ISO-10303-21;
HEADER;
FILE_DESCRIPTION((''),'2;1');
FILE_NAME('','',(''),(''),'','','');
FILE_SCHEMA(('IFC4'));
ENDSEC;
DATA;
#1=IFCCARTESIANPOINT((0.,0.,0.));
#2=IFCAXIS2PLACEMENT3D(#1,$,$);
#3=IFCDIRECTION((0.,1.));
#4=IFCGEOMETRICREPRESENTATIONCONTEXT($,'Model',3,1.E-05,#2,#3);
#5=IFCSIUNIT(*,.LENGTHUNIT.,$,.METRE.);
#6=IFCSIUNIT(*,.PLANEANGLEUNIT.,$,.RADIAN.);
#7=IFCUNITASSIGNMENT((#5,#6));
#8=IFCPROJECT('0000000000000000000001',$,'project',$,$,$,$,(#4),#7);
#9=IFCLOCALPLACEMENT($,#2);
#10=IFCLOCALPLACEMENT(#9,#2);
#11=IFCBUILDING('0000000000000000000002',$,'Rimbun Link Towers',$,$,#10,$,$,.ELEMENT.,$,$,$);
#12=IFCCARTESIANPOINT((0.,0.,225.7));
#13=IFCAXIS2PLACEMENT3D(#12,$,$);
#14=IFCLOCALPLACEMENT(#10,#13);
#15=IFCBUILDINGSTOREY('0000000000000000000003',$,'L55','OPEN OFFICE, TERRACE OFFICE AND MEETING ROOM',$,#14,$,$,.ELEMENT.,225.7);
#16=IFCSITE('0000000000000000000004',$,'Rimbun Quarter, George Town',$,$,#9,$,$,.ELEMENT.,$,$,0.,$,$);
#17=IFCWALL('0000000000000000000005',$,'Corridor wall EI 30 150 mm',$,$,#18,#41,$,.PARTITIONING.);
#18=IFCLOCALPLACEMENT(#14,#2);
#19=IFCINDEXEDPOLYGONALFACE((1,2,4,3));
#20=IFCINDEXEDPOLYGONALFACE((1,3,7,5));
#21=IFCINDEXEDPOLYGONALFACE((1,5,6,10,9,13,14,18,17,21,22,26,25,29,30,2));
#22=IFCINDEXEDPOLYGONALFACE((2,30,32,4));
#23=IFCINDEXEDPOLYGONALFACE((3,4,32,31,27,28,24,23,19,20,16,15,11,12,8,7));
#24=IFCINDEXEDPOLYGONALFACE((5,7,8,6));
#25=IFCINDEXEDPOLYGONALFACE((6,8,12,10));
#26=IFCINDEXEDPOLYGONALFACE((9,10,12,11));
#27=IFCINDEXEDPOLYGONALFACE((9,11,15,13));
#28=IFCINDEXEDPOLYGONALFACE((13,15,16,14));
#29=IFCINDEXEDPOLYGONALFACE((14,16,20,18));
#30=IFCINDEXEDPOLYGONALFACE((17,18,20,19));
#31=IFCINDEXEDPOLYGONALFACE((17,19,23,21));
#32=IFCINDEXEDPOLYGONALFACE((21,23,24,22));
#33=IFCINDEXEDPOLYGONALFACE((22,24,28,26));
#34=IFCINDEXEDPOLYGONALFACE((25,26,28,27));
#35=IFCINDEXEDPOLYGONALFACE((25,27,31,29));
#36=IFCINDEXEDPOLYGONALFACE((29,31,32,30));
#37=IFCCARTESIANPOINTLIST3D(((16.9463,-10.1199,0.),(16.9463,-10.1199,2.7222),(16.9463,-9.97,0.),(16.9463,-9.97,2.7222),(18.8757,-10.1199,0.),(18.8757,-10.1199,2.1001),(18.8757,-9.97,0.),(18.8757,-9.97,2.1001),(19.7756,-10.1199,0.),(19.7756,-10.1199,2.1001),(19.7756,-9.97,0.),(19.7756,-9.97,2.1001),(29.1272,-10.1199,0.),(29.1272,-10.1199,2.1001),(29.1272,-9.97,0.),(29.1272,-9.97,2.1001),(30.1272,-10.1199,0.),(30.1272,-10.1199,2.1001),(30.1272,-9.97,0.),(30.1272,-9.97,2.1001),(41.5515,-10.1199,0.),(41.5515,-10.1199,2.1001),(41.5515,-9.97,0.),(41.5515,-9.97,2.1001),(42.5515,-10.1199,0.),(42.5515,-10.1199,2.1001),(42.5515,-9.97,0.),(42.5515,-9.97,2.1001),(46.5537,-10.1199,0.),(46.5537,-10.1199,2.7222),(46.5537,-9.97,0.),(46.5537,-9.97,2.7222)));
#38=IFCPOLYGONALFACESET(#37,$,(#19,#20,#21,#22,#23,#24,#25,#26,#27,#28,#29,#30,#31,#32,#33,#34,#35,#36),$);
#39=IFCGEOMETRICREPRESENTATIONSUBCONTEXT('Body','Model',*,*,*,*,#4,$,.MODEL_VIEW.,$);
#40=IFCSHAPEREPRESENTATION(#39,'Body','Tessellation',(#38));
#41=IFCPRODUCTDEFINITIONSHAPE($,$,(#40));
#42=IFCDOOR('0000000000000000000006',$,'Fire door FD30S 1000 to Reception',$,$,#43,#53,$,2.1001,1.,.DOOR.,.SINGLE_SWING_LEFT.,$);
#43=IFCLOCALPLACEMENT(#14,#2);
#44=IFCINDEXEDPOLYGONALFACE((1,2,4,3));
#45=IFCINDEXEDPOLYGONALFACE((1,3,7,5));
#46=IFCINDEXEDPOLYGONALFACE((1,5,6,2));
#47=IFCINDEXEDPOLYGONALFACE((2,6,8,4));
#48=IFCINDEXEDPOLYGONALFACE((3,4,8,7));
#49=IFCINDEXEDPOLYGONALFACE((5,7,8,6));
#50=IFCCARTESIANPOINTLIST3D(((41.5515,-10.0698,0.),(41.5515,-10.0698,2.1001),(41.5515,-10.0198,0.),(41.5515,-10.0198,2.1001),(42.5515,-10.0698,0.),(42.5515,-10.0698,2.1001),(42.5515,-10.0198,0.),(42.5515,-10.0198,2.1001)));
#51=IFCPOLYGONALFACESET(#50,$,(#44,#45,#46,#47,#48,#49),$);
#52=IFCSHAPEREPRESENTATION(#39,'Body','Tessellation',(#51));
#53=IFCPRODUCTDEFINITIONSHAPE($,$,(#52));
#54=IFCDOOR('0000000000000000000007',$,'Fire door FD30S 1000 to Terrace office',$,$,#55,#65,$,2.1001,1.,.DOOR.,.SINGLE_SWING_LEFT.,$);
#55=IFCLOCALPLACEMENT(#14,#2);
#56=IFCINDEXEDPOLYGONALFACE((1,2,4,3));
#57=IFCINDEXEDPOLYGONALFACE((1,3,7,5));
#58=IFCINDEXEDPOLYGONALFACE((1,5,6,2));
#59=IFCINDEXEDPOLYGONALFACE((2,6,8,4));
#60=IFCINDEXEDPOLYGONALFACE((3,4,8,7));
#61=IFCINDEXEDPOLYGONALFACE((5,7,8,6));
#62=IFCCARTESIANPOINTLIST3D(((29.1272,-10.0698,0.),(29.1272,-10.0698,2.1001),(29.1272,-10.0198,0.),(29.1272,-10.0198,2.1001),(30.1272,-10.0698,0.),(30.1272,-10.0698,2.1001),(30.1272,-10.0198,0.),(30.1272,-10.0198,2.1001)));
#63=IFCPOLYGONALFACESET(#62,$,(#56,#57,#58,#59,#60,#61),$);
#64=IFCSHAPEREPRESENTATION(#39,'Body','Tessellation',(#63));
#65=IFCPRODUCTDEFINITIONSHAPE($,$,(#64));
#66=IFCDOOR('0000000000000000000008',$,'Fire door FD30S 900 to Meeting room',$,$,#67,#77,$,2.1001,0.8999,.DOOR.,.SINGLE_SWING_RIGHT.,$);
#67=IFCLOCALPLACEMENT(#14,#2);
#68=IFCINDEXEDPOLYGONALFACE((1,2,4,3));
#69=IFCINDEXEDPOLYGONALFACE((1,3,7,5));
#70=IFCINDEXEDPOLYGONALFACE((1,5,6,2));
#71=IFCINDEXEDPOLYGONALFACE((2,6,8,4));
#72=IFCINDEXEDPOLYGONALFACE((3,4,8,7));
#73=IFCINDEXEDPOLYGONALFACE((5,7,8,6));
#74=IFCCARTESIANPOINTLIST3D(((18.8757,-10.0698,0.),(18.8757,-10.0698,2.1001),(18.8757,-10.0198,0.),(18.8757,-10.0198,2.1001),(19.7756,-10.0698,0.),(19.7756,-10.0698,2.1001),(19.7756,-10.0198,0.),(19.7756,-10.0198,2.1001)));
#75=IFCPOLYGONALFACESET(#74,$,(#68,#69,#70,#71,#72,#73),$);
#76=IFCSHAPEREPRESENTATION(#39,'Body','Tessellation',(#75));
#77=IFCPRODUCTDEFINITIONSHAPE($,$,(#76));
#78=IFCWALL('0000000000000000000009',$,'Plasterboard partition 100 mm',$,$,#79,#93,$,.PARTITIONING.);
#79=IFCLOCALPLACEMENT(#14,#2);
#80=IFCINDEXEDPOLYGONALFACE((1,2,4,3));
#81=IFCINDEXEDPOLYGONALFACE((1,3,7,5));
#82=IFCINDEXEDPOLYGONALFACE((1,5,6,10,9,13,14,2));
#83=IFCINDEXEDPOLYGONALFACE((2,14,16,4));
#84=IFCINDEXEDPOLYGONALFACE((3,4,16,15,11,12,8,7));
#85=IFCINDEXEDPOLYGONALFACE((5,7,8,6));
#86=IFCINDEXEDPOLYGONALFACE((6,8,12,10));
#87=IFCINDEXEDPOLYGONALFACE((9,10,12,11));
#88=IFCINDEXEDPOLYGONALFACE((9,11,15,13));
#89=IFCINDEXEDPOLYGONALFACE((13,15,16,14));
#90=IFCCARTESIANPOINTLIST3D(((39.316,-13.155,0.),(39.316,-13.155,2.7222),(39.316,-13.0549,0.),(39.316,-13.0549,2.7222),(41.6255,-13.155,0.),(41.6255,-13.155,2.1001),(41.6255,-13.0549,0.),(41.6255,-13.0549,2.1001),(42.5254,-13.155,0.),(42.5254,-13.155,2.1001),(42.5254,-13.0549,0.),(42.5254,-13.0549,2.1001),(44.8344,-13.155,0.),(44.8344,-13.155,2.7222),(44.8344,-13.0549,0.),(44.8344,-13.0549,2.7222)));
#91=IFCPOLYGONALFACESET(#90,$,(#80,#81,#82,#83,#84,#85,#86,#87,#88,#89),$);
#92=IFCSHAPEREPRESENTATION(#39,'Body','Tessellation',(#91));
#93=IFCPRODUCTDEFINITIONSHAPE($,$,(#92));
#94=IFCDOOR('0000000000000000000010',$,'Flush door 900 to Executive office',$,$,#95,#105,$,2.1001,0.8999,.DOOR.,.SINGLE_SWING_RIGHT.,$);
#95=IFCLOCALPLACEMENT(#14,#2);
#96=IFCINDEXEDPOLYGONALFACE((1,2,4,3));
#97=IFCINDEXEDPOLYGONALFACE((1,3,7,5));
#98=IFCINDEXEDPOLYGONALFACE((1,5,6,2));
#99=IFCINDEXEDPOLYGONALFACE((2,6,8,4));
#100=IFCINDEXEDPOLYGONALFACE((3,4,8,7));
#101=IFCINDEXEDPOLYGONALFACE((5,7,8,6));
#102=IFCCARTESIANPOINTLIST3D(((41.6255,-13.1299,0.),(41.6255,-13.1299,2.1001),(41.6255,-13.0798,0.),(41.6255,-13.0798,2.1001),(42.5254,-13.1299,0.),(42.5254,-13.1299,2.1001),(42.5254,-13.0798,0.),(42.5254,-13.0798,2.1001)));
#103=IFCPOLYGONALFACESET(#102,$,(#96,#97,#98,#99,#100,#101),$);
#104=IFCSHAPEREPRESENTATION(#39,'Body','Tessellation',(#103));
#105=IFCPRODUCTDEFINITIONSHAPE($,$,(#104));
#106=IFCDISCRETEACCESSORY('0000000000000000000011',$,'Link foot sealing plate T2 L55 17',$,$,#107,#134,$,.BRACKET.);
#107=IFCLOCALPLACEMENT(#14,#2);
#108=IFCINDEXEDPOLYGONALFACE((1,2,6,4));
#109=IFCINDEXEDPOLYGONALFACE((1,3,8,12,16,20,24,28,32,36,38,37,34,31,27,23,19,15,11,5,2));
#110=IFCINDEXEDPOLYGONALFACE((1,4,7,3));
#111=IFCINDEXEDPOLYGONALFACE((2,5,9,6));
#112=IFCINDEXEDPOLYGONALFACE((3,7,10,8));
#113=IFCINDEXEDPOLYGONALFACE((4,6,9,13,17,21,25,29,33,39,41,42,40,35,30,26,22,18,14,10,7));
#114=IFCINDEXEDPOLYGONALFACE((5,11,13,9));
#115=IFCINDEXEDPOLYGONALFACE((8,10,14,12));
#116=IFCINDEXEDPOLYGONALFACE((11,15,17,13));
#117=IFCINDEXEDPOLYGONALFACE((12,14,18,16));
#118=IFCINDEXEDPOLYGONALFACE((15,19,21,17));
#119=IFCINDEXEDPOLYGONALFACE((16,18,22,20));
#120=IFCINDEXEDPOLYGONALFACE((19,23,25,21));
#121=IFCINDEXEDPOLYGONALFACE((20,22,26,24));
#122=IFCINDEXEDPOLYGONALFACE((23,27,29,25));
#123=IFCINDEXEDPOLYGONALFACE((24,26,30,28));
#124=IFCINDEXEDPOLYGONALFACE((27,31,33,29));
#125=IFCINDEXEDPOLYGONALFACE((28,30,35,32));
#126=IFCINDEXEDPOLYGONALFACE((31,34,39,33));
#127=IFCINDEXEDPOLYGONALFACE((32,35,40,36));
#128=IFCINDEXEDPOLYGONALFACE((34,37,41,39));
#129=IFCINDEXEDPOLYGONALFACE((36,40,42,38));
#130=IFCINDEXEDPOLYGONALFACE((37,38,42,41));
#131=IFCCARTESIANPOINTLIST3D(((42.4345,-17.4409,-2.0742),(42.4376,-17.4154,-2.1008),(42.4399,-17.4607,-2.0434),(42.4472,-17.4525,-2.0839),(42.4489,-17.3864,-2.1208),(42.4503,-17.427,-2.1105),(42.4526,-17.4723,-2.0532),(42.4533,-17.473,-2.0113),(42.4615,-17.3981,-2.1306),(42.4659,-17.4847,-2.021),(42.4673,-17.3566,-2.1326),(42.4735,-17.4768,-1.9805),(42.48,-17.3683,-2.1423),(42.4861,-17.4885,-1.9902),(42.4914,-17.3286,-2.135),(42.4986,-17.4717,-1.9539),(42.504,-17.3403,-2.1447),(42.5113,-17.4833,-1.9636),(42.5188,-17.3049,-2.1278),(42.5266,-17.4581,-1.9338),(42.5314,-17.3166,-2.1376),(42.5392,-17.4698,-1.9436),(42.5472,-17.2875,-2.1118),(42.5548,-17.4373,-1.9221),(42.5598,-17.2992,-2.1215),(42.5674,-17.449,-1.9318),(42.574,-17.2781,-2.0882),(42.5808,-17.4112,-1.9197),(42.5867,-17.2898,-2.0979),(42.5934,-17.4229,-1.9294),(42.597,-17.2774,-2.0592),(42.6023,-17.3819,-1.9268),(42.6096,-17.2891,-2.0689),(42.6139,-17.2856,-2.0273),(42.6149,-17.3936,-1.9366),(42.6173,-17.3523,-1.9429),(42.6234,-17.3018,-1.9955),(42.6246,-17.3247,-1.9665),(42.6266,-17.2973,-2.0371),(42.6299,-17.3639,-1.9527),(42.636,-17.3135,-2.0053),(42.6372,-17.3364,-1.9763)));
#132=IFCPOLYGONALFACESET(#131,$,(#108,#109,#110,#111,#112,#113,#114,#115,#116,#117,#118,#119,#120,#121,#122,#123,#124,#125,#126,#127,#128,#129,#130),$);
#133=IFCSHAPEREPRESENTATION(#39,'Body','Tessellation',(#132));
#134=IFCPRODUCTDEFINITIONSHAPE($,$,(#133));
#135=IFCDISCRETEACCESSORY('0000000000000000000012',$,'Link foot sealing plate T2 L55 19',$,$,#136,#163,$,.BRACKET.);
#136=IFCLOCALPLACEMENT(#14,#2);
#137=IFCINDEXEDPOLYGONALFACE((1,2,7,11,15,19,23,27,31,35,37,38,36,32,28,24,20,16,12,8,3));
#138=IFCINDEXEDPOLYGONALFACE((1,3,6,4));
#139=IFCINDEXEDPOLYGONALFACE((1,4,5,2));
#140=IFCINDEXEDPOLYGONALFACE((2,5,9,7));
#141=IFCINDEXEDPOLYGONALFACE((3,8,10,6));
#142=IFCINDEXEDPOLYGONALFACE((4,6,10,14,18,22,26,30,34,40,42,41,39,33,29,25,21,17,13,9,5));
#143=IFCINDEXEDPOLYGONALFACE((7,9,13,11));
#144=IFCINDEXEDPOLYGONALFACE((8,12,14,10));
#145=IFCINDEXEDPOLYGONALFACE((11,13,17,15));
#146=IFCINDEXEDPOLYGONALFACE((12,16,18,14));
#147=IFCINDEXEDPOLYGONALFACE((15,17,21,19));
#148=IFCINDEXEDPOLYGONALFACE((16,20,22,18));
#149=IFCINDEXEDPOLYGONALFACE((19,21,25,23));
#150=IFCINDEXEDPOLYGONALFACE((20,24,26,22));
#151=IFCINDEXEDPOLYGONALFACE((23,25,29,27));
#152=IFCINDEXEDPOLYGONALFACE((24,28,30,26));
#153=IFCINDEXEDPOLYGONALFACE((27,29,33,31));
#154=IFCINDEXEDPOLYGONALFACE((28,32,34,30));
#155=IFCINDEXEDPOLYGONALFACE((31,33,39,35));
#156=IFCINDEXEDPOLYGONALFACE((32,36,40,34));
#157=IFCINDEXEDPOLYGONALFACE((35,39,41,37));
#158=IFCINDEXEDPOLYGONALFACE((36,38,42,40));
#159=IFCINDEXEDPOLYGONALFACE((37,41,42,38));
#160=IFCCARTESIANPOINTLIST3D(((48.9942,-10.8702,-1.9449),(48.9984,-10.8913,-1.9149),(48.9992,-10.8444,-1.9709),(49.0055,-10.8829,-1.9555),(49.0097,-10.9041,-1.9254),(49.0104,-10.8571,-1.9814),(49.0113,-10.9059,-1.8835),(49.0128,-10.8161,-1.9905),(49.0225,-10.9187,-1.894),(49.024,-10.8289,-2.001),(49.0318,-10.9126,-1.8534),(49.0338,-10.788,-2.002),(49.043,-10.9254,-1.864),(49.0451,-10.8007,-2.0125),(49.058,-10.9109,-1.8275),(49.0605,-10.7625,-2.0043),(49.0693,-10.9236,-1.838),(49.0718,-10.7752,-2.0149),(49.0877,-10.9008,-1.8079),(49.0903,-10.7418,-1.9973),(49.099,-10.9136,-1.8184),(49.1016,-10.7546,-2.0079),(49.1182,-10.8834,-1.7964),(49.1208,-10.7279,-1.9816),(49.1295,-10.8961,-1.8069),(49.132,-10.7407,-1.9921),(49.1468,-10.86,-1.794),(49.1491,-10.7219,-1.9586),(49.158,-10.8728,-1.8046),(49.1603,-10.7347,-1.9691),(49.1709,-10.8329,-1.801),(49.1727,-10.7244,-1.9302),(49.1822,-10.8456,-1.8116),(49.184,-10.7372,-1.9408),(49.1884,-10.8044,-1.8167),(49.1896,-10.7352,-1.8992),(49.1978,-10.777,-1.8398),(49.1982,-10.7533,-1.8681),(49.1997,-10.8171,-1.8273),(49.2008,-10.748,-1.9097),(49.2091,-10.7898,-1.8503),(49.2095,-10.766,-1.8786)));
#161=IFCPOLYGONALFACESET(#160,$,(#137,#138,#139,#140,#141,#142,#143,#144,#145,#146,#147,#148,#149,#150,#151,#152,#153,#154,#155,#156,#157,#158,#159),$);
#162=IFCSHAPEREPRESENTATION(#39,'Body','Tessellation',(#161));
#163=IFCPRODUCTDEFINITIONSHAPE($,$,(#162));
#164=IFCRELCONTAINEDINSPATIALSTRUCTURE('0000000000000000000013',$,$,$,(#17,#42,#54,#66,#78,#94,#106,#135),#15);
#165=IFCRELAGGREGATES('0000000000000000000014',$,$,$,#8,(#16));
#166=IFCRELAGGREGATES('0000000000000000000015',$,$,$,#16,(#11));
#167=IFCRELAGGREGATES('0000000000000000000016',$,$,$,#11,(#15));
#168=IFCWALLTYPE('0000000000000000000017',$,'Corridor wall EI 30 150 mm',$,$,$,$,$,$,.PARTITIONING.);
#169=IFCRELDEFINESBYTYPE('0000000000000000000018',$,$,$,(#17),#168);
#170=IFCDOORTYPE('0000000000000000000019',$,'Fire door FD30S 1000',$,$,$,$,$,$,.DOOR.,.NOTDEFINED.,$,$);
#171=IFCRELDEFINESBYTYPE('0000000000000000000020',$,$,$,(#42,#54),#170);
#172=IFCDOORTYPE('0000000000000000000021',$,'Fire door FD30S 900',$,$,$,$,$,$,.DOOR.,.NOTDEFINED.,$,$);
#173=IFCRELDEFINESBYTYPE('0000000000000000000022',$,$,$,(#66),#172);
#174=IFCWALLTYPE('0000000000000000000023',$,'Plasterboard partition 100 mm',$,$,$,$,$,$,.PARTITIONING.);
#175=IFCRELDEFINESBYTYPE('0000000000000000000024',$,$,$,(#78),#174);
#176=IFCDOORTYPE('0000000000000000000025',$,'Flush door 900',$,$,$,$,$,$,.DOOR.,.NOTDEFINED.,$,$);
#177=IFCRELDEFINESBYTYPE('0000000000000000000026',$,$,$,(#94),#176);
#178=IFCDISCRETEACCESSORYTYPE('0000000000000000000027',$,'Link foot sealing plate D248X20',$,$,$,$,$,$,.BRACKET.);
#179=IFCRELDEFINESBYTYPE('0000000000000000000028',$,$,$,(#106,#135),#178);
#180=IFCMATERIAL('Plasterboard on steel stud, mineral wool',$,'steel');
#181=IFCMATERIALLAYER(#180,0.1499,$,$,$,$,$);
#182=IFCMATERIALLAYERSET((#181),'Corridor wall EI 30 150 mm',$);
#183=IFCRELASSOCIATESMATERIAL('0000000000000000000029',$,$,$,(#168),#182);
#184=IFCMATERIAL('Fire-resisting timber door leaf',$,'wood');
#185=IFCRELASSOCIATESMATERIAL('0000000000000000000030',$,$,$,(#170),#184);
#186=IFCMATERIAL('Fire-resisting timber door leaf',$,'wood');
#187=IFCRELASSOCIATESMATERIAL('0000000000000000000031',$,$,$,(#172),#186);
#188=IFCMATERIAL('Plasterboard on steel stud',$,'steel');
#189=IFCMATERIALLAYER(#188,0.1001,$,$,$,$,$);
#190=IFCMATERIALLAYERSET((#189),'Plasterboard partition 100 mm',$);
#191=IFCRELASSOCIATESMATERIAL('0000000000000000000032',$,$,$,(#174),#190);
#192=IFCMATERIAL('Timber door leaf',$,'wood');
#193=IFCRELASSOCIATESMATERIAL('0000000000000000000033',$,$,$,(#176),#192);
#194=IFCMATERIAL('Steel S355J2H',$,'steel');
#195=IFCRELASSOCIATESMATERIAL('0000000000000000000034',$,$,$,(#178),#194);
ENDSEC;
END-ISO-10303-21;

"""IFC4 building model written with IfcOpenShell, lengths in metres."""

from ifc_helpers import new_model, si_unit, direction, frame, frame_2d, origin, origin_2d, place, context, subcontext, project, spatial, rectangle, circle, extrude, material, layer, layer_set, material_profile, profile_set, type_object, element, fill, save


model = new_model("IFC4")

# Units and contexts
model_context = context("Model", 3, precision=1e-05, world=origin(), true_north=direction((0.0, 1.0)))
body_context = subcontext(model_context, "Body", "Model", "MODEL_VIEW")
ifc_project = project(units=[si_unit("LENGTHUNIT", "METRE"), si_unit("PLANEANGLEUNIT", "RADIAN")], contexts=[model_context])

# Site, building, storey
site_placement = place(None, origin())
site = spatial("IfcSite", under=ifc_project, at=site_placement, Name="Rimbun Quarter, George Town", CompositionType="ELEMENT", RefElevation=0.0)
building_placement = place(site_placement, origin())
building = spatial("IfcBuilding", under=site, at=building_placement, Name="Rimbun Link Towers", CompositionType="ELEMENT")
storey_placement = place(building_placement, frame((0.0, 0.0, 225.7)))
storey = spatial("IfcBuildingStorey", under=building, at=storey_placement, Name="L55", Description="OPEN OFFICE, TERRACE OFFICE AND MEETING ROOM", CompositionType="ELEMENT", Elevation=225.7)

# Shared definitions
ifc_material_1 = material(Name="Plasterboard on steel stud, mineral wool", Category="steel")
ifc_layer_1 = layer(ifc_material_1, 0.1499)
ifc_layer_set_1 = layer_set([ifc_layer_1], Name="Corridor wall EI 30 150 mm")
wall_type_1 = type_object("IfcWallType", Name="Corridor wall EI 30 150 mm", PredefinedType="PARTITIONING", material=ifc_layer_set_1)

# Wall, openings, doors
wall_1_placement = place(storey_placement, frame((46.5537, -10.0449, 0.0), z_axis=(0.0, 0.0, 1.0), x_axis=(-1.0, 0.0, 0.0)))
wall_1 = element("IfcWall", 1, at=wall_1_placement, inside=storey, type_object=wall_type_1, Name="Corridor wall EI 30 150 mm", PredefinedType="PARTITIONING", context=body_context, shape_type="SweptSolid", body=[
    extrude(rectangle(XDim=29.6074, YDim=0.1499, at=frame_2d((14.8037, 0.0))), origin(), (0.0, 0.0, 1.0), 2.7222),
])
opening_1_placement = place(wall_1_placement, frame((4.0022, 0.0, 0.0)))
opening_1 = element("IfcOpeningElement", 2, at=opening_1_placement, cuts=wall_1, PredefinedType="OPENING", context=body_context, shape_type="SweptSolid", body=[
    extrude(rectangle(XDim=1.0, YDim=2.1001, at=frame_2d((0.5, 1.05))), frame((0.0, 0.085, 0.0), z_axis=(0.0, -1.0, 0.0), x_axis=(1.0, 0.0, 0.0)), (0.0, 0.0, 1.0), 0.1699),
])
opening_2_placement = place(wall_1_placement, frame((26.7781, 0.0, 0.0)))
opening_2 = element("IfcOpeningElement", 3, at=opening_2_placement, cuts=wall_1, PredefinedType="OPENING", context=body_context, shape_type="SweptSolid", body=[
    extrude(rectangle(XDim=0.8999, YDim=2.1001, at=frame_2d((0.45, 1.05))), frame((0.0, 0.085, 0.0), z_axis=(0.0, -1.0, 0.0), x_axis=(1.0, 0.0, 0.0)), (0.0, 0.0, 1.0), 0.1699),
])
opening_3_placement = place(wall_1_placement, frame((16.4265, 0.0, 0.0)))
opening_3 = element("IfcOpeningElement", 4, at=opening_3_placement, cuts=wall_1, PredefinedType="OPENING", context=body_context, shape_type="SweptSolid", body=[
    extrude(rectangle(XDim=1.0, YDim=2.1001, at=frame_2d((0.5, 1.05))), frame((0.0, 0.085, 0.0), z_axis=(0.0, -1.0, 0.0), x_axis=(1.0, 0.0, 0.0)), (0.0, 0.0, 1.0), 0.1699),
])
ifc_material_2 = material(Name="Fire-resisting timber door leaf", Category="wood")
door_type_1 = type_object("IfcDoorType", Name="Fire door FD30S 1000", OperationType="NOTDEFINED", PredefinedType="DOOR", material=ifc_material_2)
door_1_placement = place(opening_1_placement, origin())
door_1 = element("IfcDoor", 5, at=door_1_placement, inside=storey, type_object=door_type_1, Name="Fire door FD30S 1000 to Reception", OperationType="SINGLE_SWING_LEFT", OverallHeight=2.1001, OverallWidth=1.0, PredefinedType="DOOR", context=body_context, shape_type="SweptSolid", body=[
    extrude(rectangle(XDim=1.0, YDim=2.1001, at=frame_2d((0.5, 1.05))), frame((0.0, 0.0249, 0.0), z_axis=(0.0, -1.0, 0.0), x_axis=(1.0, 0.0, 0.0)), (0.0, 0.0, 1.0), 0.05),
])
fill(opening_1, door_1)
door_2_placement = place(opening_3_placement, origin())
door_2 = element("IfcDoor", 6, at=door_2_placement, inside=storey, type_object=door_type_1, Name="Fire door FD30S 1000 to Terrace office", OperationType="SINGLE_SWING_LEFT", OverallHeight=2.1001, OverallWidth=1.0, PredefinedType="DOOR", context=body_context, shape_type="SweptSolid", body=[
    extrude(rectangle(XDim=1.0, YDim=2.1001, at=frame_2d((0.5, 1.05))), frame((0.0, 0.0249, 0.0), z_axis=(0.0, -1.0, 0.0), x_axis=(1.0, 0.0, 0.0)), (0.0, 0.0, 1.0), 0.05),
])
fill(opening_3, door_2)
ifc_material_3 = material(Name="Fire-resisting timber door leaf", Category="wood")
door_type_2 = type_object("IfcDoorType", Name="Fire door FD30S 900", OperationType="NOTDEFINED", PredefinedType="DOOR", material=ifc_material_3)
door_3_placement = place(opening_2_placement, origin())
door_3 = element("IfcDoor", 7, at=door_3_placement, inside=storey, type_object=door_type_2, Name="Fire door FD30S 900 to Meeting room", OperationType="SINGLE_SWING_RIGHT", OverallHeight=2.1001, OverallWidth=0.8999, PredefinedType="DOOR", context=body_context, shape_type="SweptSolid", body=[
    extrude(rectangle(XDim=0.8999, YDim=2.1001, at=frame_2d((0.45, 1.05))), frame((0.0, 0.0249, 0.0), z_axis=(0.0, -1.0, 0.0), x_axis=(1.0, 0.0, 0.0)), (0.0, 0.0, 1.0), 0.05),
])
fill(opening_2, door_3)

# Wall, opening, door
ifc_material_4 = material(Name="Plasterboard on steel stud", Category="steel")
ifc_layer_2 = layer(ifc_material_4, 0.1001)
ifc_layer_set_2 = layer_set([ifc_layer_2], Name="Plasterboard partition 100 mm")
wall_type_2 = type_object("IfcWallType", Name="Plasterboard partition 100 mm", PredefinedType="PARTITIONING", material=ifc_layer_set_2)
wall_2_placement = place(storey_placement, frame((44.8345, -13.105, 0.0), z_axis=(0.0, 0.0, 1.0), x_axis=(-1.0, 0.0, 0.0)))
wall_2 = element("IfcWall", 8, at=wall_2_placement, inside=storey, type_object=wall_type_2, Name="Plasterboard partition 100 mm", PredefinedType="PARTITIONING", context=body_context, shape_type="SweptSolid", body=[
    extrude(rectangle(XDim=5.5183, YDim=0.1001, at=frame_2d((2.7593, 0.0))), origin(), (0.0, 0.0, 1.0), 2.7222),
])
opening_4_placement = place(wall_2_placement, frame((2.3091, 0.0, 0.0)))
opening_4 = element("IfcOpeningElement", 9, at=opening_4_placement, cuts=wall_2, PredefinedType="OPENING", context=body_context, shape_type="SweptSolid", body=[
    extrude(rectangle(XDim=0.8999, YDim=2.1001, at=frame_2d((0.45, 1.05))), frame((0.0, 0.0601, 0.0), z_axis=(0.0, -1.0, 0.0), x_axis=(1.0, 0.0, 0.0)), (0.0, 0.0, 1.0), 0.1201),
])
ifc_material_5 = material(Name="Timber door leaf", Category="wood")
door_type_3 = type_object("IfcDoorType", Name="Flush door 900", OperationType="NOTDEFINED", PredefinedType="DOOR", material=ifc_material_5)
door_4_placement = place(opening_4_placement, origin())
door_4 = element("IfcDoor", 10, at=door_4_placement, inside=storey, type_object=door_type_3, Name="Flush door 900 to Executive office", OperationType="SINGLE_SWING_RIGHT", OverallHeight=2.1001, OverallWidth=0.8999, PredefinedType="DOOR", context=body_context, shape_type="SweptSolid", body=[
    extrude(rectangle(XDim=0.8999, YDim=2.1001, at=frame_2d((0.45, 1.05))), frame((0.0, 0.0249, 0.0), z_axis=(0.0, -1.0, 0.0), x_axis=(1.0, 0.0, 0.0)), (0.0, 0.0, 1.0), 0.05),
])
fill(opening_4, door_4)

# Discrete accessories
ifc_material_6 = material(Name="Steel S355J2H", Category="steel")
ifc_material_profile_1 = material_profile(ifc_material_6, circle(Radius=0.124, at=origin_2d()), Name="PL D248")
ifc_profile_set_1 = profile_set([ifc_material_profile_1], Name="Steel S355J2H")
discrete_accessory_type = type_object("IfcDiscreteAccessoryType", Name="Link foot sealing plate D248X20", PredefinedType="BRACKET", material=ifc_profile_set_1)
discrete_accessory_1_placement = place(storey_placement, frame((42.5298, -17.3767, -2.0273), z_axis=(0.639688, -0.590481, -0.492068), x_axis=(0.67828, 0.734803, 0.0)))
element("IfcDiscreteAccessory", 11, at=discrete_accessory_1_placement, inside=storey, type_object=discrete_accessory_type, Name="Link foot sealing plate T2 L55 17", PredefinedType="BRACKET", context=body_context, shape_type="SweptSolid", body=[
    extrude(circle(Radius=0.124, at=origin_2d()), origin(), (0.0, 0.0, 1.0), 0.0198),
])
discrete_accessory_2_placement = place(storey_placement, frame((49.0967, -10.8174, -1.8992), z_axis=(0.563284, -0.636756, -0.526548), x_axis=(0.748997, 0.662574, 0.0)))
element("IfcDiscreteAccessory", 12, at=discrete_accessory_2_placement, inside=storey, type_object=discrete_accessory_type, Name="Link foot sealing plate T2 L55 19", PredefinedType="BRACKET", context=body_context, shape_type="SweptSolid", body=[
    extrude(circle(Radius=0.124, at=origin_2d()), origin(), (0.0, 0.0, 1.0), 0.02),
])

save(model, "model.ifc")
